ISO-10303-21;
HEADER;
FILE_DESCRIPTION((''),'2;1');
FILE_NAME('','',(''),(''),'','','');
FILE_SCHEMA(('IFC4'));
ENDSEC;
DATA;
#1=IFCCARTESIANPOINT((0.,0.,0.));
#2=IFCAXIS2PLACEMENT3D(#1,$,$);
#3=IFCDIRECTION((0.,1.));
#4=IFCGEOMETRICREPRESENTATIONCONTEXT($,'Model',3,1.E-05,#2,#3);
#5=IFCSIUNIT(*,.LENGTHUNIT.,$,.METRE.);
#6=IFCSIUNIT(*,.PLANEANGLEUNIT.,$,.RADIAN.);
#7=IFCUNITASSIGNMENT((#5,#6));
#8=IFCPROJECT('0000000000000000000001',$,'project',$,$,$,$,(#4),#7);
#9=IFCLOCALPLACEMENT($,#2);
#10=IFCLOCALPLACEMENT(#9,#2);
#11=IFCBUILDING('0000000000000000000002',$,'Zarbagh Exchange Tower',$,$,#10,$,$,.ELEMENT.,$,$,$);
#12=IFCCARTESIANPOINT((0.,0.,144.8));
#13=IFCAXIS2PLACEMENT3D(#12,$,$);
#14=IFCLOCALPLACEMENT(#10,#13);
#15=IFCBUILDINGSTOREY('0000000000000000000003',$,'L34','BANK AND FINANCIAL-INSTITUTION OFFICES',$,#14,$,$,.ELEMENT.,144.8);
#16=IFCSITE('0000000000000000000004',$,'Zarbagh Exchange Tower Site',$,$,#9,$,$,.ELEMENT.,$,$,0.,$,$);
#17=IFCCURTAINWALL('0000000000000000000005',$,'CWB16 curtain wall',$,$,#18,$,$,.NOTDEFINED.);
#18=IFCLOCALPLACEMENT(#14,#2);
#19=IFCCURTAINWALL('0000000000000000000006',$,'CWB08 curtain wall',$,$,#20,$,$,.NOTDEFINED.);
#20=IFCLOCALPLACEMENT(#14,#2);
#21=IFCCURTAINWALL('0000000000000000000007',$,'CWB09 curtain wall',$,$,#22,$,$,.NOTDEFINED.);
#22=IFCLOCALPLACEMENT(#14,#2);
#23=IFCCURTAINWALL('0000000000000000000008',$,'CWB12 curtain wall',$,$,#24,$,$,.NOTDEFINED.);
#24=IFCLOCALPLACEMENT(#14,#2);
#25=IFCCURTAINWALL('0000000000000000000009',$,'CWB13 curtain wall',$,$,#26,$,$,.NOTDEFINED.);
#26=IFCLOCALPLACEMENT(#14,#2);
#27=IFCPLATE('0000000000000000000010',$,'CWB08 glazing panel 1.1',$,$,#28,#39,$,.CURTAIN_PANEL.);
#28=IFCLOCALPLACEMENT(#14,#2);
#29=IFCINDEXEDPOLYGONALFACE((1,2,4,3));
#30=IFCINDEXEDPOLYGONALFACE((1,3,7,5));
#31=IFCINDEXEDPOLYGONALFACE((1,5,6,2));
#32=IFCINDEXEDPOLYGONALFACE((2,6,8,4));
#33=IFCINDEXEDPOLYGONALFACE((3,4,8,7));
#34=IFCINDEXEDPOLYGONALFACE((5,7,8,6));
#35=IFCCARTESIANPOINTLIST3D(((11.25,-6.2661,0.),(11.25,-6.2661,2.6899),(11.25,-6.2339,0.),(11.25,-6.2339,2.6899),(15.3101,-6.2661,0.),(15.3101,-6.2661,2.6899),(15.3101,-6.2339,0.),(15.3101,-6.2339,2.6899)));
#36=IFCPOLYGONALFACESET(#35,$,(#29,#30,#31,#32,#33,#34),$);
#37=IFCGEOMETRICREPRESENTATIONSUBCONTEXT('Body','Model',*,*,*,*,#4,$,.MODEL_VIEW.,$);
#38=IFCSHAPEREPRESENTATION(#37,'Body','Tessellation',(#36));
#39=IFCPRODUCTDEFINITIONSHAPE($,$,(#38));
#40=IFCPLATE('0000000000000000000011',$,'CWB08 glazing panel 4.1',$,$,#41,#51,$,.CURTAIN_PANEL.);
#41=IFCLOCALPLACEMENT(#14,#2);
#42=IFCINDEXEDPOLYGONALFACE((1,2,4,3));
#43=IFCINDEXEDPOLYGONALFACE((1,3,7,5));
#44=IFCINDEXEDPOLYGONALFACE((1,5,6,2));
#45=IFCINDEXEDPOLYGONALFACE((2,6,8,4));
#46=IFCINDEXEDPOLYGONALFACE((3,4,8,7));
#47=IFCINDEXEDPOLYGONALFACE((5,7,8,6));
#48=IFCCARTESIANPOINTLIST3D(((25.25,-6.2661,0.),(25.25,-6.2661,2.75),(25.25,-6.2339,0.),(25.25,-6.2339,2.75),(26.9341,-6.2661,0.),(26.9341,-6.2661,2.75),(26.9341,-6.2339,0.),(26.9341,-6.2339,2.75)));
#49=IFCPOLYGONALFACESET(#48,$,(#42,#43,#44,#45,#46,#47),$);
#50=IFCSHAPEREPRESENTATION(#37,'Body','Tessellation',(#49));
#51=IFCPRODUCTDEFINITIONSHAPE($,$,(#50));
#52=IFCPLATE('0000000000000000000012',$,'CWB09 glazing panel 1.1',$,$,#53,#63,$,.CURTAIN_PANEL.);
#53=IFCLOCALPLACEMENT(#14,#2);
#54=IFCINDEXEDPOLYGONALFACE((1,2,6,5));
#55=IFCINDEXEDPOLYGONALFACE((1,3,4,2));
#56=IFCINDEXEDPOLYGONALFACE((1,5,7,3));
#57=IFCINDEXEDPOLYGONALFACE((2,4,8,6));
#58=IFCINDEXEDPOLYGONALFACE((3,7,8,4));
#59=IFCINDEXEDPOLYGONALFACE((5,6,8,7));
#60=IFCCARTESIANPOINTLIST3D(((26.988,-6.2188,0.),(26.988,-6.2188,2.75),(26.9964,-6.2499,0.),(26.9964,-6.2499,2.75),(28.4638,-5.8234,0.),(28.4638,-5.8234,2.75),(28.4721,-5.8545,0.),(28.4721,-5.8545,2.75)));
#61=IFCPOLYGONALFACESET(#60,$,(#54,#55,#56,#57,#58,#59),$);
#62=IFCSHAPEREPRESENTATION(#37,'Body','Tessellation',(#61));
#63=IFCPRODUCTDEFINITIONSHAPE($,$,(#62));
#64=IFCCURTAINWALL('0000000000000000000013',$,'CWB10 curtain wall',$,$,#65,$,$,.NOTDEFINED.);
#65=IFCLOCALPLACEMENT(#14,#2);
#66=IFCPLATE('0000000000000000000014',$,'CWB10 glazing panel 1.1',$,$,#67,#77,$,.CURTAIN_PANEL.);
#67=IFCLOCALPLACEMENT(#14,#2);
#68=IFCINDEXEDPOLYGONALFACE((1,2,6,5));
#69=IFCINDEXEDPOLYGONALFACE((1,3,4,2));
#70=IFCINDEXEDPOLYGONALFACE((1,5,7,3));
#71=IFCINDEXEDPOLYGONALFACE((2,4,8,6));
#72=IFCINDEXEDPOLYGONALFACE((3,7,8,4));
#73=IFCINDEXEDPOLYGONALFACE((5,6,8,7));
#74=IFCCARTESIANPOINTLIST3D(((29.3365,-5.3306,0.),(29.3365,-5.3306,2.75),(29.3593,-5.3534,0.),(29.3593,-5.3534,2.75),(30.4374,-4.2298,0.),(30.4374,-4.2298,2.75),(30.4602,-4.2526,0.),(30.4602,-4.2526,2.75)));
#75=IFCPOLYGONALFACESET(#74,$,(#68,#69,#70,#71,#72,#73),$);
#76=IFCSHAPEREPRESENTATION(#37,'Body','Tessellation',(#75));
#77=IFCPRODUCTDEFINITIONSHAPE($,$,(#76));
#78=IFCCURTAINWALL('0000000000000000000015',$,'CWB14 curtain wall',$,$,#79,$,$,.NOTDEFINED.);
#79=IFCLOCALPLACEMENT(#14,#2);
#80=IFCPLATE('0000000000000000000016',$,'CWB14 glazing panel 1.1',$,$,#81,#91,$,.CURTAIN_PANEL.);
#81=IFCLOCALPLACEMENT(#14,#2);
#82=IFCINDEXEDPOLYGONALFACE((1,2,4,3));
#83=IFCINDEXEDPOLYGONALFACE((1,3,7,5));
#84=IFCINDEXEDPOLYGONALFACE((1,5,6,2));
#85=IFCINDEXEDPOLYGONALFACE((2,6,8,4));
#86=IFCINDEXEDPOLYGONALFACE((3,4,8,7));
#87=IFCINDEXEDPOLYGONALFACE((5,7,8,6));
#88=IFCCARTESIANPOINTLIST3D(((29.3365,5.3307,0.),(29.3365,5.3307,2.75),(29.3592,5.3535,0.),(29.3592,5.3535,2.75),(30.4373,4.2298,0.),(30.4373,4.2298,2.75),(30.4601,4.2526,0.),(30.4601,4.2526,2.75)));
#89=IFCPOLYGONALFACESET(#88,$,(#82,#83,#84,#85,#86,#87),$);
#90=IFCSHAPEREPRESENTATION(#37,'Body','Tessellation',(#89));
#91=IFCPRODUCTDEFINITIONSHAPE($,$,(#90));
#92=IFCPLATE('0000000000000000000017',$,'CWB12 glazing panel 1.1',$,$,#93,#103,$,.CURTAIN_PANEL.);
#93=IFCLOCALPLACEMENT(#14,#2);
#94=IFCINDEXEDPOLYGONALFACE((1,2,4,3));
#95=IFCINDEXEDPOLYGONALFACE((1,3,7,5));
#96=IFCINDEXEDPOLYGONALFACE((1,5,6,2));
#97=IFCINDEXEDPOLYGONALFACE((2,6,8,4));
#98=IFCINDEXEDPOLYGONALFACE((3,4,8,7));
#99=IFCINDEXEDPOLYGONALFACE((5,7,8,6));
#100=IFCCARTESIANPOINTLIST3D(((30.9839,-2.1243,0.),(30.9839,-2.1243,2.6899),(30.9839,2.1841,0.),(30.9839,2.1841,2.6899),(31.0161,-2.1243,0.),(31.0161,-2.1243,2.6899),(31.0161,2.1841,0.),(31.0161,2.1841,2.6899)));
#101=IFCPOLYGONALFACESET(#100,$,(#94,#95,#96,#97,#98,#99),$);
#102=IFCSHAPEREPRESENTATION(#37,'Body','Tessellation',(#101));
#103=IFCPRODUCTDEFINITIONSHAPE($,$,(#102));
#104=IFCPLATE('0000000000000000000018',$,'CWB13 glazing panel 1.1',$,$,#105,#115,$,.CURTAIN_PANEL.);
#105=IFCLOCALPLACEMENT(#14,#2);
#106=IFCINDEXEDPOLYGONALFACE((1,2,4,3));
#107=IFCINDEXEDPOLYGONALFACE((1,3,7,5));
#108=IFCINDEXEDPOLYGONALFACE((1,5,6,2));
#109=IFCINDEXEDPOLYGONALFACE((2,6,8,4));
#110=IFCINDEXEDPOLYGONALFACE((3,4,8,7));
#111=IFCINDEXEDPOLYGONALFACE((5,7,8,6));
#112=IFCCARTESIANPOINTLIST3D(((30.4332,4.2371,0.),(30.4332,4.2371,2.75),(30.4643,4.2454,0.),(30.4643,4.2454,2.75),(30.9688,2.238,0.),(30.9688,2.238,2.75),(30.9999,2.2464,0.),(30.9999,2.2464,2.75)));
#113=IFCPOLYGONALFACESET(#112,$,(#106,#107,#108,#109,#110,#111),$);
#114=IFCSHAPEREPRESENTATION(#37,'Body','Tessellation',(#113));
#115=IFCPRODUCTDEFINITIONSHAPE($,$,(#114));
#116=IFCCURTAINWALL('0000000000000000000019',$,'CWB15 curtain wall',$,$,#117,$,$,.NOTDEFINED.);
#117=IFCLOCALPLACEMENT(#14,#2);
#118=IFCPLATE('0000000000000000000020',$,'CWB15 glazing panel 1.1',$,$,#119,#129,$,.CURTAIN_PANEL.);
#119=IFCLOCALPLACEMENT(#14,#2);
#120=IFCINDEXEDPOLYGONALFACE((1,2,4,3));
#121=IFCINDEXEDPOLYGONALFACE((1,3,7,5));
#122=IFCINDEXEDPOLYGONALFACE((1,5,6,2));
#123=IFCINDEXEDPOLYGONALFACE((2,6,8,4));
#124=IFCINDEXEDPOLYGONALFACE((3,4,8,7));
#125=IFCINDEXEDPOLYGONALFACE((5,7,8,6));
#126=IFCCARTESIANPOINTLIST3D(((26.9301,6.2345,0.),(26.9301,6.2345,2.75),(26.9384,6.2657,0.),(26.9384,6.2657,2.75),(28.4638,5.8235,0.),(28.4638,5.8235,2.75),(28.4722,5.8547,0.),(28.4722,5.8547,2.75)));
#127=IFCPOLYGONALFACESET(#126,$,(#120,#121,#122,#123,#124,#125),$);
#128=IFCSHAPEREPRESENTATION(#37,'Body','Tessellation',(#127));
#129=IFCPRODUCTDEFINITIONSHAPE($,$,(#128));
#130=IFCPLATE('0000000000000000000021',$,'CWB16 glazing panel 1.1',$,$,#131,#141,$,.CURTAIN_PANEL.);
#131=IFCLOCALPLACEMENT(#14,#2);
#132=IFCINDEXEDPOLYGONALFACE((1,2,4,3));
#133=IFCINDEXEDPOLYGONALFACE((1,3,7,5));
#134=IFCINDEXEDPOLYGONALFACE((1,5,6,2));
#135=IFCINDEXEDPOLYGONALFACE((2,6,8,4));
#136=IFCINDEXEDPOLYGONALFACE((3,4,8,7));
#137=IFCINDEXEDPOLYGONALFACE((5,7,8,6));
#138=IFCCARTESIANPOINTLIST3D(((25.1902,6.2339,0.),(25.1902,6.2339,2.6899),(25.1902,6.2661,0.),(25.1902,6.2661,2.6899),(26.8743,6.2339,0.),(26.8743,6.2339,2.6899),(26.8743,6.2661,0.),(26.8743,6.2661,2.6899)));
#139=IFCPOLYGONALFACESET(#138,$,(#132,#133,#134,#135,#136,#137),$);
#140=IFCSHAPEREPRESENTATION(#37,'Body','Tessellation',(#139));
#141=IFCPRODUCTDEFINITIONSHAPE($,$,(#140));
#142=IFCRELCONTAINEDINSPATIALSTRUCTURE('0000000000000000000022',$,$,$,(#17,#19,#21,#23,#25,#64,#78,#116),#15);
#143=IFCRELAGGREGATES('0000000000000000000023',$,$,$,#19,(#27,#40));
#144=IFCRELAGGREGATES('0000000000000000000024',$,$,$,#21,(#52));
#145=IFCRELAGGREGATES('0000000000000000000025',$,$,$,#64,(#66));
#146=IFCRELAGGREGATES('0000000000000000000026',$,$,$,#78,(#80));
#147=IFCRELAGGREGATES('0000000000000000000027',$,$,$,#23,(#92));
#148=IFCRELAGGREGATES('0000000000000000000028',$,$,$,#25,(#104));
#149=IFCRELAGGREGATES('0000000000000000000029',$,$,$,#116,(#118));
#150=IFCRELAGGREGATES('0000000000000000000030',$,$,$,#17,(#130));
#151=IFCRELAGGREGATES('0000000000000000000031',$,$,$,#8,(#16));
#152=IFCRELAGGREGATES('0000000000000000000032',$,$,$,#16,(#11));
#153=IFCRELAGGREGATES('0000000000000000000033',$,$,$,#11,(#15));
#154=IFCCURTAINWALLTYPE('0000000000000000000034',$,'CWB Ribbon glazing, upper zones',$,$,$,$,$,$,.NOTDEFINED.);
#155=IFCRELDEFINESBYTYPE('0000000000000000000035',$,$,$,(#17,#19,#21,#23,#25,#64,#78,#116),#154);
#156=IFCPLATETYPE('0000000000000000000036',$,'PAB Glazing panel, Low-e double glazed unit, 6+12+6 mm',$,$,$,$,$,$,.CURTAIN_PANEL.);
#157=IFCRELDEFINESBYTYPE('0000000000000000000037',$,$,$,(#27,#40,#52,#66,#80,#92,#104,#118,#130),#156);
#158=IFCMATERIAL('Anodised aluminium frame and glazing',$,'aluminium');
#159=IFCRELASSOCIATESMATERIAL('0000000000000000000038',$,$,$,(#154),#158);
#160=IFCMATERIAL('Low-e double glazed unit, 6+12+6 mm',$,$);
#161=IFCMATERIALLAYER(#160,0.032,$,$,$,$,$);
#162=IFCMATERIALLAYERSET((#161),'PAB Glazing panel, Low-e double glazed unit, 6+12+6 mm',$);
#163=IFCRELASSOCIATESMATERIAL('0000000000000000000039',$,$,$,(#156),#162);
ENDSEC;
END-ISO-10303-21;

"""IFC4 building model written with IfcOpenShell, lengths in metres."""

from ifc_helpers import new_model, si_unit, direction, frame, origin, place, context, subcontext, project, spatial, polyline, outline, extrude, source, transform, mapped, material, layer, layer_set, type_object, element, aggregate, save


model = new_model("IFC4")

# Units and contexts
model_context = context("Model", 3, precision=1e-05, world=origin(), true_north=direction((0.0, 1.0)))
body_context = subcontext(model_context, "Body", "Model", "MODEL_VIEW")
ifc_project = project(units=[si_unit("LENGTHUNIT", "METRE"), si_unit("PLANEANGLEUNIT", "RADIAN")], contexts=[model_context])

# Site, building, storey
site_placement = place(None, origin())
site = spatial("IfcSite", under=ifc_project, at=site_placement, Name="Zarbagh Exchange Tower Site", CompositionType="ELEMENT", RefElevation=0.0)
building_placement = place(site_placement, origin())
building = spatial("IfcBuilding", under=site, at=building_placement, Name="Zarbagh Exchange Tower", CompositionType="ELEMENT")
storey_placement = place(building_placement, frame((0.0, 0.0, 144.8)))
storey = spatial("IfcBuildingStorey", under=building, at=storey_placement, Name="L34", Description="BANK AND FINANCIAL-INSTITUTION OFFICES", CompositionType="ELEMENT", Elevation=144.8)

# Curtain wall
ifc_material_1 = material(Name="Anodised aluminium frame and glazing", Category="aluminium")
curtain_wall_type = type_object("IfcCurtainWallType", Name="CWB Ribbon glazing, upper zones", PredefinedType="NOTDEFINED", material=ifc_material_1)
curtain_wall_1_placement = place(storey_placement, origin())
curtain_wall_1 = element("IfcCurtainWall", 1, at=curtain_wall_1_placement, inside=storey, type_object=curtain_wall_type, Name="CWB16 curtain wall", PredefinedType="NOTDEFINED")
placement = place(storey_placement, origin())

# Curtain wall
curtain_wall_2_placement = place(storey_placement, origin())
curtain_wall_2 = element("IfcCurtainWall", 2, at=curtain_wall_2_placement, inside=storey, type_object=curtain_wall_type, Name="CWB08 curtain wall", PredefinedType="NOTDEFINED")

# Curtain walls
curtain_wall_3_placement = place(storey_placement, origin())
curtain_wall_3 = element("IfcCurtainWall", 3, at=curtain_wall_3_placement, inside=storey, type_object=curtain_wall_type, Name="CWB09 curtain wall", PredefinedType="NOTDEFINED")
curtain_wall_4_placement = place(storey_placement, origin())
curtain_wall_4 = element("IfcCurtainWall", 4, at=curtain_wall_4_placement, inside=storey, type_object=curtain_wall_type, Name="CWB12 curtain wall", PredefinedType="NOTDEFINED")
curtain_wall_5_placement = place(storey_placement, origin())
curtain_wall_5 = element("IfcCurtainWall", 5, at=curtain_wall_5_placement, inside=storey, type_object=curtain_wall_type, Name="CWB13 curtain wall", PredefinedType="NOTDEFINED")

# Shared definitions
ifc_material_2 = material(Name="Low-e double glazed unit, 6+12+6 mm")
ifc_layer = layer(ifc_material_2, 0.032)
ifc_layer_set = layer_set([ifc_layer], Name="PAB Glazing panel, Low-e double glazed unit, 6+12+6 mm")
plate_type = type_object("IfcPlateType", Name="PAB Glazing panel, Low-e double glazed unit, 6+12+6 mm", PredefinedType="CURTAIN_PANEL", material=ifc_layer_set)

# Plates
shared_shape_1 = source(origin(), body_context, "Body", "SweptSolid", [
    extrude(outline(polyline([(0.0, -0.0161), (4.0601, -0.0161), (4.0601, 0.0161), (0.0, 0.0161), (0.0, -0.0161)])), origin(), (0.0, 0.0, 1.0), 2.6899),
])
plate_1 = element("IfcPlate", 6, at=placement, type_object=plate_type, Name="CWB08 glazing panel 1.1", PredefinedType="CURTAIN_PANEL", context=body_context, shape_type="MappedRepresentation", body=[
    mapped(shared_shape_1, transform((11.25, -6.25, 0.0), x_axis=(1.0, 0.0, 0.0), y_axis=(0.0, 1.0, 0.0), z_axis=(0.0, 0.0, 1.0))),
])
shared_shape_2 = source(origin(), body_context, "Body", "SweptSolid", [
    extrude(outline(polyline([(0.0, -0.0161), (1.6841, -0.0161), (1.6841, 0.0161), (0.0, 0.0161), (0.0, -0.0161)])), origin(), (0.0, 0.0, 1.0), 2.75),
])
plate_2 = element("IfcPlate", 7, at=placement, type_object=plate_type, Name="CWB08 glazing panel 4.1", PredefinedType="CURTAIN_PANEL", context=body_context, shape_type="MappedRepresentation", body=[
    mapped(shared_shape_2, transform((25.25, -6.25, 0.0), x_axis=(1.0, 0.0, 0.0), y_axis=(0.0, 1.0, 0.0), z_axis=(0.0, 0.0, 1.0))),
])
aggregate(curtain_wall_2, [plate_1, plate_2])
shared_shape_3 = source(origin(), body_context, "Body", "SweptSolid", [
    extrude(outline(polyline([(0.0, -0.0161), (1.5278, -0.0161), (1.5278, 0.0161), (0.0, 0.0161), (0.0, -0.0161)])), origin(), (0.0, 0.0, 1.0), 2.75),
])
plate_3 = element("IfcPlate", 8, at=placement, type_object=plate_type, Name="CWB09 glazing panel 1.1", PredefinedType="CURTAIN_PANEL", context=body_context, shape_type="MappedRepresentation", body=[
    mapped(shared_shape_3, transform((26.9922, -6.2344, 0.0), x_axis=(0.965924, 0.258825, 0.0), y_axis=(-0.258825, 0.965924, 0.0), z_axis=(0.0, 0.0, 1.0))),
])
aggregate(curtain_wall_3, [plate_3])

# Curtain walls, plates
curtain_wall_6_placement = place(storey_placement, origin())
curtain_wall_6 = element("IfcCurtainWall", 9, at=curtain_wall_6_placement, inside=storey, type_object=curtain_wall_type, Name="CWB10 curtain wall", PredefinedType="NOTDEFINED")
shared_shape_4 = source(origin(), body_context, "Body", "SweptSolid", [
    extrude(outline(polyline([(0.0, -0.0161), (1.5569, -0.0161), (1.5569, 0.0161), (0.0, 0.0161), (0.0, -0.0161)])), origin(), (0.0, 0.0, 1.0), 2.75),
])
plate_4 = element("IfcPlate", 10, at=placement, type_object=plate_type, Name="CWB10 glazing panel 1.1", PredefinedType="CURTAIN_PANEL", context=body_context, shape_type="MappedRepresentation", body=[
    mapped(shared_shape_4, transform((29.3479, -5.342, 0.0), x_axis=(0.707107, 0.707107, 0.0), y_axis=(-0.707107, 0.707107, 0.0), z_axis=(0.0, 0.0, 1.0))),
])
aggregate(curtain_wall_6, [plate_4])
curtain_wall_7_placement = place(storey_placement, origin())
curtain_wall_7 = element("IfcCurtainWall", 11, at=curtain_wall_7_placement, inside=storey, type_object=curtain_wall_type, Name="CWB14 curtain wall", PredefinedType="NOTDEFINED")
plate_5 = element("IfcPlate", 12, at=placement, type_object=plate_type, Name="CWB14 glazing panel 1.1", PredefinedType="CURTAIN_PANEL", context=body_context, shape_type="MappedRepresentation", body=[
    mapped(shared_shape_4, transform((30.4487, 4.2412, 0.0), x_axis=(-0.707107, 0.707107, 0.0), y_axis=(-0.707107, -0.707107, 0.0), z_axis=(0.0, 0.0, 1.0))),
])
aggregate(curtain_wall_7, [plate_5])

# Plates
shared_shape_5 = source(origin(), body_context, "Body", "SweptSolid", [
    extrude(outline(polyline([(0.0, -0.0161), (4.3083, -0.0161), (4.3083, 0.0161), (0.0, 0.0161), (0.0, -0.0161)])), origin(), (0.0, 0.0, 1.0), 2.6899),
])
plate_6 = element("IfcPlate", 13, at=placement, type_object=plate_type, Name="CWB12 glazing panel 1.1", PredefinedType="CURTAIN_PANEL", context=body_context, shape_type="MappedRepresentation", body=[
    mapped(shared_shape_5, transform((31.0, -2.1243, 0.0), x_axis=(0.0, 1.0, 0.0), y_axis=(-1.0, 0.0, 0.0), z_axis=(0.0, 0.0, 1.0))),
])
aggregate(curtain_wall_4, [plate_6])
shared_shape_6 = source(origin(), body_context, "Body", "SweptSolid", [
    extrude(outline(polyline([(0.0, -0.0161), (2.0696, -0.0161), (2.0696, 0.0161), (0.0, 0.0161), (0.0, -0.0161)])), origin(), (0.0, 0.0, 1.0), 2.75),
])
plate_7 = element("IfcPlate", 14, at=placement, type_object=plate_type, Name="CWB13 glazing panel 1.1", PredefinedType="CURTAIN_PANEL", context=body_context, shape_type="MappedRepresentation", body=[
    mapped(shared_shape_6, transform((30.9844, 2.2422, 0.0), x_axis=(-0.258825, 0.965924, 0.0), y_axis=(-0.965924, -0.258825, 0.0), z_axis=(0.0, 0.0, 1.0))),
])
aggregate(curtain_wall_5, [plate_7])

# Curtain wall, plate
curtain_wall_8_placement = place(storey_placement, origin())
curtain_wall_8 = element("IfcCurtainWall", 15, at=curtain_wall_8_placement, inside=storey, type_object=curtain_wall_type, Name="CWB15 curtain wall", PredefinedType="NOTDEFINED")
shared_shape_7 = source(origin(), body_context, "Body", "SweptSolid", [
    extrude(outline(polyline([(0.0, -0.0161), (1.5879, -0.0161), (1.5879, 0.0161), (0.0, 0.0161), (0.0, -0.0161)])), origin(), (0.0, 0.0, 1.0), 2.75),
])
plate_8 = element("IfcPlate", 16, at=placement, type_object=plate_type, Name="CWB15 glazing panel 1.1", PredefinedType="CURTAIN_PANEL", context=body_context, shape_type="MappedRepresentation", body=[
    mapped(shared_shape_7, transform((28.468, 5.8391, 0.0), x_axis=(-0.965924, 0.258825, 0.0), y_axis=(-0.258825, -0.965924, 0.0), z_axis=(0.0, 0.0, 1.0))),
])
aggregate(curtain_wall_8, [plate_8])

# Plate
shared_shape_8 = source(origin(), body_context, "Body", "SweptSolid", [
    extrude(outline(polyline([(0.0, -0.0161), (1.6841, -0.0161), (1.6841, 0.0161), (0.0, 0.0161), (0.0, -0.0161)])), origin(), (0.0, 0.0, 1.0), 2.6899),
])
plate_9 = element("IfcPlate", 17, at=placement, type_object=plate_type, Name="CWB16 glazing panel 1.1", PredefinedType="CURTAIN_PANEL", context=body_context, shape_type="MappedRepresentation", body=[
    mapped(shared_shape_8, transform((26.8743, 6.25, 0.0), x_axis=(-1.0, 0.0, 0.0), y_axis=(0.0, -1.0, 0.0), z_axis=(0.0, 0.0, 1.0))),
])
aggregate(curtain_wall_1, [plate_9])

save(model, "model.ifc")
